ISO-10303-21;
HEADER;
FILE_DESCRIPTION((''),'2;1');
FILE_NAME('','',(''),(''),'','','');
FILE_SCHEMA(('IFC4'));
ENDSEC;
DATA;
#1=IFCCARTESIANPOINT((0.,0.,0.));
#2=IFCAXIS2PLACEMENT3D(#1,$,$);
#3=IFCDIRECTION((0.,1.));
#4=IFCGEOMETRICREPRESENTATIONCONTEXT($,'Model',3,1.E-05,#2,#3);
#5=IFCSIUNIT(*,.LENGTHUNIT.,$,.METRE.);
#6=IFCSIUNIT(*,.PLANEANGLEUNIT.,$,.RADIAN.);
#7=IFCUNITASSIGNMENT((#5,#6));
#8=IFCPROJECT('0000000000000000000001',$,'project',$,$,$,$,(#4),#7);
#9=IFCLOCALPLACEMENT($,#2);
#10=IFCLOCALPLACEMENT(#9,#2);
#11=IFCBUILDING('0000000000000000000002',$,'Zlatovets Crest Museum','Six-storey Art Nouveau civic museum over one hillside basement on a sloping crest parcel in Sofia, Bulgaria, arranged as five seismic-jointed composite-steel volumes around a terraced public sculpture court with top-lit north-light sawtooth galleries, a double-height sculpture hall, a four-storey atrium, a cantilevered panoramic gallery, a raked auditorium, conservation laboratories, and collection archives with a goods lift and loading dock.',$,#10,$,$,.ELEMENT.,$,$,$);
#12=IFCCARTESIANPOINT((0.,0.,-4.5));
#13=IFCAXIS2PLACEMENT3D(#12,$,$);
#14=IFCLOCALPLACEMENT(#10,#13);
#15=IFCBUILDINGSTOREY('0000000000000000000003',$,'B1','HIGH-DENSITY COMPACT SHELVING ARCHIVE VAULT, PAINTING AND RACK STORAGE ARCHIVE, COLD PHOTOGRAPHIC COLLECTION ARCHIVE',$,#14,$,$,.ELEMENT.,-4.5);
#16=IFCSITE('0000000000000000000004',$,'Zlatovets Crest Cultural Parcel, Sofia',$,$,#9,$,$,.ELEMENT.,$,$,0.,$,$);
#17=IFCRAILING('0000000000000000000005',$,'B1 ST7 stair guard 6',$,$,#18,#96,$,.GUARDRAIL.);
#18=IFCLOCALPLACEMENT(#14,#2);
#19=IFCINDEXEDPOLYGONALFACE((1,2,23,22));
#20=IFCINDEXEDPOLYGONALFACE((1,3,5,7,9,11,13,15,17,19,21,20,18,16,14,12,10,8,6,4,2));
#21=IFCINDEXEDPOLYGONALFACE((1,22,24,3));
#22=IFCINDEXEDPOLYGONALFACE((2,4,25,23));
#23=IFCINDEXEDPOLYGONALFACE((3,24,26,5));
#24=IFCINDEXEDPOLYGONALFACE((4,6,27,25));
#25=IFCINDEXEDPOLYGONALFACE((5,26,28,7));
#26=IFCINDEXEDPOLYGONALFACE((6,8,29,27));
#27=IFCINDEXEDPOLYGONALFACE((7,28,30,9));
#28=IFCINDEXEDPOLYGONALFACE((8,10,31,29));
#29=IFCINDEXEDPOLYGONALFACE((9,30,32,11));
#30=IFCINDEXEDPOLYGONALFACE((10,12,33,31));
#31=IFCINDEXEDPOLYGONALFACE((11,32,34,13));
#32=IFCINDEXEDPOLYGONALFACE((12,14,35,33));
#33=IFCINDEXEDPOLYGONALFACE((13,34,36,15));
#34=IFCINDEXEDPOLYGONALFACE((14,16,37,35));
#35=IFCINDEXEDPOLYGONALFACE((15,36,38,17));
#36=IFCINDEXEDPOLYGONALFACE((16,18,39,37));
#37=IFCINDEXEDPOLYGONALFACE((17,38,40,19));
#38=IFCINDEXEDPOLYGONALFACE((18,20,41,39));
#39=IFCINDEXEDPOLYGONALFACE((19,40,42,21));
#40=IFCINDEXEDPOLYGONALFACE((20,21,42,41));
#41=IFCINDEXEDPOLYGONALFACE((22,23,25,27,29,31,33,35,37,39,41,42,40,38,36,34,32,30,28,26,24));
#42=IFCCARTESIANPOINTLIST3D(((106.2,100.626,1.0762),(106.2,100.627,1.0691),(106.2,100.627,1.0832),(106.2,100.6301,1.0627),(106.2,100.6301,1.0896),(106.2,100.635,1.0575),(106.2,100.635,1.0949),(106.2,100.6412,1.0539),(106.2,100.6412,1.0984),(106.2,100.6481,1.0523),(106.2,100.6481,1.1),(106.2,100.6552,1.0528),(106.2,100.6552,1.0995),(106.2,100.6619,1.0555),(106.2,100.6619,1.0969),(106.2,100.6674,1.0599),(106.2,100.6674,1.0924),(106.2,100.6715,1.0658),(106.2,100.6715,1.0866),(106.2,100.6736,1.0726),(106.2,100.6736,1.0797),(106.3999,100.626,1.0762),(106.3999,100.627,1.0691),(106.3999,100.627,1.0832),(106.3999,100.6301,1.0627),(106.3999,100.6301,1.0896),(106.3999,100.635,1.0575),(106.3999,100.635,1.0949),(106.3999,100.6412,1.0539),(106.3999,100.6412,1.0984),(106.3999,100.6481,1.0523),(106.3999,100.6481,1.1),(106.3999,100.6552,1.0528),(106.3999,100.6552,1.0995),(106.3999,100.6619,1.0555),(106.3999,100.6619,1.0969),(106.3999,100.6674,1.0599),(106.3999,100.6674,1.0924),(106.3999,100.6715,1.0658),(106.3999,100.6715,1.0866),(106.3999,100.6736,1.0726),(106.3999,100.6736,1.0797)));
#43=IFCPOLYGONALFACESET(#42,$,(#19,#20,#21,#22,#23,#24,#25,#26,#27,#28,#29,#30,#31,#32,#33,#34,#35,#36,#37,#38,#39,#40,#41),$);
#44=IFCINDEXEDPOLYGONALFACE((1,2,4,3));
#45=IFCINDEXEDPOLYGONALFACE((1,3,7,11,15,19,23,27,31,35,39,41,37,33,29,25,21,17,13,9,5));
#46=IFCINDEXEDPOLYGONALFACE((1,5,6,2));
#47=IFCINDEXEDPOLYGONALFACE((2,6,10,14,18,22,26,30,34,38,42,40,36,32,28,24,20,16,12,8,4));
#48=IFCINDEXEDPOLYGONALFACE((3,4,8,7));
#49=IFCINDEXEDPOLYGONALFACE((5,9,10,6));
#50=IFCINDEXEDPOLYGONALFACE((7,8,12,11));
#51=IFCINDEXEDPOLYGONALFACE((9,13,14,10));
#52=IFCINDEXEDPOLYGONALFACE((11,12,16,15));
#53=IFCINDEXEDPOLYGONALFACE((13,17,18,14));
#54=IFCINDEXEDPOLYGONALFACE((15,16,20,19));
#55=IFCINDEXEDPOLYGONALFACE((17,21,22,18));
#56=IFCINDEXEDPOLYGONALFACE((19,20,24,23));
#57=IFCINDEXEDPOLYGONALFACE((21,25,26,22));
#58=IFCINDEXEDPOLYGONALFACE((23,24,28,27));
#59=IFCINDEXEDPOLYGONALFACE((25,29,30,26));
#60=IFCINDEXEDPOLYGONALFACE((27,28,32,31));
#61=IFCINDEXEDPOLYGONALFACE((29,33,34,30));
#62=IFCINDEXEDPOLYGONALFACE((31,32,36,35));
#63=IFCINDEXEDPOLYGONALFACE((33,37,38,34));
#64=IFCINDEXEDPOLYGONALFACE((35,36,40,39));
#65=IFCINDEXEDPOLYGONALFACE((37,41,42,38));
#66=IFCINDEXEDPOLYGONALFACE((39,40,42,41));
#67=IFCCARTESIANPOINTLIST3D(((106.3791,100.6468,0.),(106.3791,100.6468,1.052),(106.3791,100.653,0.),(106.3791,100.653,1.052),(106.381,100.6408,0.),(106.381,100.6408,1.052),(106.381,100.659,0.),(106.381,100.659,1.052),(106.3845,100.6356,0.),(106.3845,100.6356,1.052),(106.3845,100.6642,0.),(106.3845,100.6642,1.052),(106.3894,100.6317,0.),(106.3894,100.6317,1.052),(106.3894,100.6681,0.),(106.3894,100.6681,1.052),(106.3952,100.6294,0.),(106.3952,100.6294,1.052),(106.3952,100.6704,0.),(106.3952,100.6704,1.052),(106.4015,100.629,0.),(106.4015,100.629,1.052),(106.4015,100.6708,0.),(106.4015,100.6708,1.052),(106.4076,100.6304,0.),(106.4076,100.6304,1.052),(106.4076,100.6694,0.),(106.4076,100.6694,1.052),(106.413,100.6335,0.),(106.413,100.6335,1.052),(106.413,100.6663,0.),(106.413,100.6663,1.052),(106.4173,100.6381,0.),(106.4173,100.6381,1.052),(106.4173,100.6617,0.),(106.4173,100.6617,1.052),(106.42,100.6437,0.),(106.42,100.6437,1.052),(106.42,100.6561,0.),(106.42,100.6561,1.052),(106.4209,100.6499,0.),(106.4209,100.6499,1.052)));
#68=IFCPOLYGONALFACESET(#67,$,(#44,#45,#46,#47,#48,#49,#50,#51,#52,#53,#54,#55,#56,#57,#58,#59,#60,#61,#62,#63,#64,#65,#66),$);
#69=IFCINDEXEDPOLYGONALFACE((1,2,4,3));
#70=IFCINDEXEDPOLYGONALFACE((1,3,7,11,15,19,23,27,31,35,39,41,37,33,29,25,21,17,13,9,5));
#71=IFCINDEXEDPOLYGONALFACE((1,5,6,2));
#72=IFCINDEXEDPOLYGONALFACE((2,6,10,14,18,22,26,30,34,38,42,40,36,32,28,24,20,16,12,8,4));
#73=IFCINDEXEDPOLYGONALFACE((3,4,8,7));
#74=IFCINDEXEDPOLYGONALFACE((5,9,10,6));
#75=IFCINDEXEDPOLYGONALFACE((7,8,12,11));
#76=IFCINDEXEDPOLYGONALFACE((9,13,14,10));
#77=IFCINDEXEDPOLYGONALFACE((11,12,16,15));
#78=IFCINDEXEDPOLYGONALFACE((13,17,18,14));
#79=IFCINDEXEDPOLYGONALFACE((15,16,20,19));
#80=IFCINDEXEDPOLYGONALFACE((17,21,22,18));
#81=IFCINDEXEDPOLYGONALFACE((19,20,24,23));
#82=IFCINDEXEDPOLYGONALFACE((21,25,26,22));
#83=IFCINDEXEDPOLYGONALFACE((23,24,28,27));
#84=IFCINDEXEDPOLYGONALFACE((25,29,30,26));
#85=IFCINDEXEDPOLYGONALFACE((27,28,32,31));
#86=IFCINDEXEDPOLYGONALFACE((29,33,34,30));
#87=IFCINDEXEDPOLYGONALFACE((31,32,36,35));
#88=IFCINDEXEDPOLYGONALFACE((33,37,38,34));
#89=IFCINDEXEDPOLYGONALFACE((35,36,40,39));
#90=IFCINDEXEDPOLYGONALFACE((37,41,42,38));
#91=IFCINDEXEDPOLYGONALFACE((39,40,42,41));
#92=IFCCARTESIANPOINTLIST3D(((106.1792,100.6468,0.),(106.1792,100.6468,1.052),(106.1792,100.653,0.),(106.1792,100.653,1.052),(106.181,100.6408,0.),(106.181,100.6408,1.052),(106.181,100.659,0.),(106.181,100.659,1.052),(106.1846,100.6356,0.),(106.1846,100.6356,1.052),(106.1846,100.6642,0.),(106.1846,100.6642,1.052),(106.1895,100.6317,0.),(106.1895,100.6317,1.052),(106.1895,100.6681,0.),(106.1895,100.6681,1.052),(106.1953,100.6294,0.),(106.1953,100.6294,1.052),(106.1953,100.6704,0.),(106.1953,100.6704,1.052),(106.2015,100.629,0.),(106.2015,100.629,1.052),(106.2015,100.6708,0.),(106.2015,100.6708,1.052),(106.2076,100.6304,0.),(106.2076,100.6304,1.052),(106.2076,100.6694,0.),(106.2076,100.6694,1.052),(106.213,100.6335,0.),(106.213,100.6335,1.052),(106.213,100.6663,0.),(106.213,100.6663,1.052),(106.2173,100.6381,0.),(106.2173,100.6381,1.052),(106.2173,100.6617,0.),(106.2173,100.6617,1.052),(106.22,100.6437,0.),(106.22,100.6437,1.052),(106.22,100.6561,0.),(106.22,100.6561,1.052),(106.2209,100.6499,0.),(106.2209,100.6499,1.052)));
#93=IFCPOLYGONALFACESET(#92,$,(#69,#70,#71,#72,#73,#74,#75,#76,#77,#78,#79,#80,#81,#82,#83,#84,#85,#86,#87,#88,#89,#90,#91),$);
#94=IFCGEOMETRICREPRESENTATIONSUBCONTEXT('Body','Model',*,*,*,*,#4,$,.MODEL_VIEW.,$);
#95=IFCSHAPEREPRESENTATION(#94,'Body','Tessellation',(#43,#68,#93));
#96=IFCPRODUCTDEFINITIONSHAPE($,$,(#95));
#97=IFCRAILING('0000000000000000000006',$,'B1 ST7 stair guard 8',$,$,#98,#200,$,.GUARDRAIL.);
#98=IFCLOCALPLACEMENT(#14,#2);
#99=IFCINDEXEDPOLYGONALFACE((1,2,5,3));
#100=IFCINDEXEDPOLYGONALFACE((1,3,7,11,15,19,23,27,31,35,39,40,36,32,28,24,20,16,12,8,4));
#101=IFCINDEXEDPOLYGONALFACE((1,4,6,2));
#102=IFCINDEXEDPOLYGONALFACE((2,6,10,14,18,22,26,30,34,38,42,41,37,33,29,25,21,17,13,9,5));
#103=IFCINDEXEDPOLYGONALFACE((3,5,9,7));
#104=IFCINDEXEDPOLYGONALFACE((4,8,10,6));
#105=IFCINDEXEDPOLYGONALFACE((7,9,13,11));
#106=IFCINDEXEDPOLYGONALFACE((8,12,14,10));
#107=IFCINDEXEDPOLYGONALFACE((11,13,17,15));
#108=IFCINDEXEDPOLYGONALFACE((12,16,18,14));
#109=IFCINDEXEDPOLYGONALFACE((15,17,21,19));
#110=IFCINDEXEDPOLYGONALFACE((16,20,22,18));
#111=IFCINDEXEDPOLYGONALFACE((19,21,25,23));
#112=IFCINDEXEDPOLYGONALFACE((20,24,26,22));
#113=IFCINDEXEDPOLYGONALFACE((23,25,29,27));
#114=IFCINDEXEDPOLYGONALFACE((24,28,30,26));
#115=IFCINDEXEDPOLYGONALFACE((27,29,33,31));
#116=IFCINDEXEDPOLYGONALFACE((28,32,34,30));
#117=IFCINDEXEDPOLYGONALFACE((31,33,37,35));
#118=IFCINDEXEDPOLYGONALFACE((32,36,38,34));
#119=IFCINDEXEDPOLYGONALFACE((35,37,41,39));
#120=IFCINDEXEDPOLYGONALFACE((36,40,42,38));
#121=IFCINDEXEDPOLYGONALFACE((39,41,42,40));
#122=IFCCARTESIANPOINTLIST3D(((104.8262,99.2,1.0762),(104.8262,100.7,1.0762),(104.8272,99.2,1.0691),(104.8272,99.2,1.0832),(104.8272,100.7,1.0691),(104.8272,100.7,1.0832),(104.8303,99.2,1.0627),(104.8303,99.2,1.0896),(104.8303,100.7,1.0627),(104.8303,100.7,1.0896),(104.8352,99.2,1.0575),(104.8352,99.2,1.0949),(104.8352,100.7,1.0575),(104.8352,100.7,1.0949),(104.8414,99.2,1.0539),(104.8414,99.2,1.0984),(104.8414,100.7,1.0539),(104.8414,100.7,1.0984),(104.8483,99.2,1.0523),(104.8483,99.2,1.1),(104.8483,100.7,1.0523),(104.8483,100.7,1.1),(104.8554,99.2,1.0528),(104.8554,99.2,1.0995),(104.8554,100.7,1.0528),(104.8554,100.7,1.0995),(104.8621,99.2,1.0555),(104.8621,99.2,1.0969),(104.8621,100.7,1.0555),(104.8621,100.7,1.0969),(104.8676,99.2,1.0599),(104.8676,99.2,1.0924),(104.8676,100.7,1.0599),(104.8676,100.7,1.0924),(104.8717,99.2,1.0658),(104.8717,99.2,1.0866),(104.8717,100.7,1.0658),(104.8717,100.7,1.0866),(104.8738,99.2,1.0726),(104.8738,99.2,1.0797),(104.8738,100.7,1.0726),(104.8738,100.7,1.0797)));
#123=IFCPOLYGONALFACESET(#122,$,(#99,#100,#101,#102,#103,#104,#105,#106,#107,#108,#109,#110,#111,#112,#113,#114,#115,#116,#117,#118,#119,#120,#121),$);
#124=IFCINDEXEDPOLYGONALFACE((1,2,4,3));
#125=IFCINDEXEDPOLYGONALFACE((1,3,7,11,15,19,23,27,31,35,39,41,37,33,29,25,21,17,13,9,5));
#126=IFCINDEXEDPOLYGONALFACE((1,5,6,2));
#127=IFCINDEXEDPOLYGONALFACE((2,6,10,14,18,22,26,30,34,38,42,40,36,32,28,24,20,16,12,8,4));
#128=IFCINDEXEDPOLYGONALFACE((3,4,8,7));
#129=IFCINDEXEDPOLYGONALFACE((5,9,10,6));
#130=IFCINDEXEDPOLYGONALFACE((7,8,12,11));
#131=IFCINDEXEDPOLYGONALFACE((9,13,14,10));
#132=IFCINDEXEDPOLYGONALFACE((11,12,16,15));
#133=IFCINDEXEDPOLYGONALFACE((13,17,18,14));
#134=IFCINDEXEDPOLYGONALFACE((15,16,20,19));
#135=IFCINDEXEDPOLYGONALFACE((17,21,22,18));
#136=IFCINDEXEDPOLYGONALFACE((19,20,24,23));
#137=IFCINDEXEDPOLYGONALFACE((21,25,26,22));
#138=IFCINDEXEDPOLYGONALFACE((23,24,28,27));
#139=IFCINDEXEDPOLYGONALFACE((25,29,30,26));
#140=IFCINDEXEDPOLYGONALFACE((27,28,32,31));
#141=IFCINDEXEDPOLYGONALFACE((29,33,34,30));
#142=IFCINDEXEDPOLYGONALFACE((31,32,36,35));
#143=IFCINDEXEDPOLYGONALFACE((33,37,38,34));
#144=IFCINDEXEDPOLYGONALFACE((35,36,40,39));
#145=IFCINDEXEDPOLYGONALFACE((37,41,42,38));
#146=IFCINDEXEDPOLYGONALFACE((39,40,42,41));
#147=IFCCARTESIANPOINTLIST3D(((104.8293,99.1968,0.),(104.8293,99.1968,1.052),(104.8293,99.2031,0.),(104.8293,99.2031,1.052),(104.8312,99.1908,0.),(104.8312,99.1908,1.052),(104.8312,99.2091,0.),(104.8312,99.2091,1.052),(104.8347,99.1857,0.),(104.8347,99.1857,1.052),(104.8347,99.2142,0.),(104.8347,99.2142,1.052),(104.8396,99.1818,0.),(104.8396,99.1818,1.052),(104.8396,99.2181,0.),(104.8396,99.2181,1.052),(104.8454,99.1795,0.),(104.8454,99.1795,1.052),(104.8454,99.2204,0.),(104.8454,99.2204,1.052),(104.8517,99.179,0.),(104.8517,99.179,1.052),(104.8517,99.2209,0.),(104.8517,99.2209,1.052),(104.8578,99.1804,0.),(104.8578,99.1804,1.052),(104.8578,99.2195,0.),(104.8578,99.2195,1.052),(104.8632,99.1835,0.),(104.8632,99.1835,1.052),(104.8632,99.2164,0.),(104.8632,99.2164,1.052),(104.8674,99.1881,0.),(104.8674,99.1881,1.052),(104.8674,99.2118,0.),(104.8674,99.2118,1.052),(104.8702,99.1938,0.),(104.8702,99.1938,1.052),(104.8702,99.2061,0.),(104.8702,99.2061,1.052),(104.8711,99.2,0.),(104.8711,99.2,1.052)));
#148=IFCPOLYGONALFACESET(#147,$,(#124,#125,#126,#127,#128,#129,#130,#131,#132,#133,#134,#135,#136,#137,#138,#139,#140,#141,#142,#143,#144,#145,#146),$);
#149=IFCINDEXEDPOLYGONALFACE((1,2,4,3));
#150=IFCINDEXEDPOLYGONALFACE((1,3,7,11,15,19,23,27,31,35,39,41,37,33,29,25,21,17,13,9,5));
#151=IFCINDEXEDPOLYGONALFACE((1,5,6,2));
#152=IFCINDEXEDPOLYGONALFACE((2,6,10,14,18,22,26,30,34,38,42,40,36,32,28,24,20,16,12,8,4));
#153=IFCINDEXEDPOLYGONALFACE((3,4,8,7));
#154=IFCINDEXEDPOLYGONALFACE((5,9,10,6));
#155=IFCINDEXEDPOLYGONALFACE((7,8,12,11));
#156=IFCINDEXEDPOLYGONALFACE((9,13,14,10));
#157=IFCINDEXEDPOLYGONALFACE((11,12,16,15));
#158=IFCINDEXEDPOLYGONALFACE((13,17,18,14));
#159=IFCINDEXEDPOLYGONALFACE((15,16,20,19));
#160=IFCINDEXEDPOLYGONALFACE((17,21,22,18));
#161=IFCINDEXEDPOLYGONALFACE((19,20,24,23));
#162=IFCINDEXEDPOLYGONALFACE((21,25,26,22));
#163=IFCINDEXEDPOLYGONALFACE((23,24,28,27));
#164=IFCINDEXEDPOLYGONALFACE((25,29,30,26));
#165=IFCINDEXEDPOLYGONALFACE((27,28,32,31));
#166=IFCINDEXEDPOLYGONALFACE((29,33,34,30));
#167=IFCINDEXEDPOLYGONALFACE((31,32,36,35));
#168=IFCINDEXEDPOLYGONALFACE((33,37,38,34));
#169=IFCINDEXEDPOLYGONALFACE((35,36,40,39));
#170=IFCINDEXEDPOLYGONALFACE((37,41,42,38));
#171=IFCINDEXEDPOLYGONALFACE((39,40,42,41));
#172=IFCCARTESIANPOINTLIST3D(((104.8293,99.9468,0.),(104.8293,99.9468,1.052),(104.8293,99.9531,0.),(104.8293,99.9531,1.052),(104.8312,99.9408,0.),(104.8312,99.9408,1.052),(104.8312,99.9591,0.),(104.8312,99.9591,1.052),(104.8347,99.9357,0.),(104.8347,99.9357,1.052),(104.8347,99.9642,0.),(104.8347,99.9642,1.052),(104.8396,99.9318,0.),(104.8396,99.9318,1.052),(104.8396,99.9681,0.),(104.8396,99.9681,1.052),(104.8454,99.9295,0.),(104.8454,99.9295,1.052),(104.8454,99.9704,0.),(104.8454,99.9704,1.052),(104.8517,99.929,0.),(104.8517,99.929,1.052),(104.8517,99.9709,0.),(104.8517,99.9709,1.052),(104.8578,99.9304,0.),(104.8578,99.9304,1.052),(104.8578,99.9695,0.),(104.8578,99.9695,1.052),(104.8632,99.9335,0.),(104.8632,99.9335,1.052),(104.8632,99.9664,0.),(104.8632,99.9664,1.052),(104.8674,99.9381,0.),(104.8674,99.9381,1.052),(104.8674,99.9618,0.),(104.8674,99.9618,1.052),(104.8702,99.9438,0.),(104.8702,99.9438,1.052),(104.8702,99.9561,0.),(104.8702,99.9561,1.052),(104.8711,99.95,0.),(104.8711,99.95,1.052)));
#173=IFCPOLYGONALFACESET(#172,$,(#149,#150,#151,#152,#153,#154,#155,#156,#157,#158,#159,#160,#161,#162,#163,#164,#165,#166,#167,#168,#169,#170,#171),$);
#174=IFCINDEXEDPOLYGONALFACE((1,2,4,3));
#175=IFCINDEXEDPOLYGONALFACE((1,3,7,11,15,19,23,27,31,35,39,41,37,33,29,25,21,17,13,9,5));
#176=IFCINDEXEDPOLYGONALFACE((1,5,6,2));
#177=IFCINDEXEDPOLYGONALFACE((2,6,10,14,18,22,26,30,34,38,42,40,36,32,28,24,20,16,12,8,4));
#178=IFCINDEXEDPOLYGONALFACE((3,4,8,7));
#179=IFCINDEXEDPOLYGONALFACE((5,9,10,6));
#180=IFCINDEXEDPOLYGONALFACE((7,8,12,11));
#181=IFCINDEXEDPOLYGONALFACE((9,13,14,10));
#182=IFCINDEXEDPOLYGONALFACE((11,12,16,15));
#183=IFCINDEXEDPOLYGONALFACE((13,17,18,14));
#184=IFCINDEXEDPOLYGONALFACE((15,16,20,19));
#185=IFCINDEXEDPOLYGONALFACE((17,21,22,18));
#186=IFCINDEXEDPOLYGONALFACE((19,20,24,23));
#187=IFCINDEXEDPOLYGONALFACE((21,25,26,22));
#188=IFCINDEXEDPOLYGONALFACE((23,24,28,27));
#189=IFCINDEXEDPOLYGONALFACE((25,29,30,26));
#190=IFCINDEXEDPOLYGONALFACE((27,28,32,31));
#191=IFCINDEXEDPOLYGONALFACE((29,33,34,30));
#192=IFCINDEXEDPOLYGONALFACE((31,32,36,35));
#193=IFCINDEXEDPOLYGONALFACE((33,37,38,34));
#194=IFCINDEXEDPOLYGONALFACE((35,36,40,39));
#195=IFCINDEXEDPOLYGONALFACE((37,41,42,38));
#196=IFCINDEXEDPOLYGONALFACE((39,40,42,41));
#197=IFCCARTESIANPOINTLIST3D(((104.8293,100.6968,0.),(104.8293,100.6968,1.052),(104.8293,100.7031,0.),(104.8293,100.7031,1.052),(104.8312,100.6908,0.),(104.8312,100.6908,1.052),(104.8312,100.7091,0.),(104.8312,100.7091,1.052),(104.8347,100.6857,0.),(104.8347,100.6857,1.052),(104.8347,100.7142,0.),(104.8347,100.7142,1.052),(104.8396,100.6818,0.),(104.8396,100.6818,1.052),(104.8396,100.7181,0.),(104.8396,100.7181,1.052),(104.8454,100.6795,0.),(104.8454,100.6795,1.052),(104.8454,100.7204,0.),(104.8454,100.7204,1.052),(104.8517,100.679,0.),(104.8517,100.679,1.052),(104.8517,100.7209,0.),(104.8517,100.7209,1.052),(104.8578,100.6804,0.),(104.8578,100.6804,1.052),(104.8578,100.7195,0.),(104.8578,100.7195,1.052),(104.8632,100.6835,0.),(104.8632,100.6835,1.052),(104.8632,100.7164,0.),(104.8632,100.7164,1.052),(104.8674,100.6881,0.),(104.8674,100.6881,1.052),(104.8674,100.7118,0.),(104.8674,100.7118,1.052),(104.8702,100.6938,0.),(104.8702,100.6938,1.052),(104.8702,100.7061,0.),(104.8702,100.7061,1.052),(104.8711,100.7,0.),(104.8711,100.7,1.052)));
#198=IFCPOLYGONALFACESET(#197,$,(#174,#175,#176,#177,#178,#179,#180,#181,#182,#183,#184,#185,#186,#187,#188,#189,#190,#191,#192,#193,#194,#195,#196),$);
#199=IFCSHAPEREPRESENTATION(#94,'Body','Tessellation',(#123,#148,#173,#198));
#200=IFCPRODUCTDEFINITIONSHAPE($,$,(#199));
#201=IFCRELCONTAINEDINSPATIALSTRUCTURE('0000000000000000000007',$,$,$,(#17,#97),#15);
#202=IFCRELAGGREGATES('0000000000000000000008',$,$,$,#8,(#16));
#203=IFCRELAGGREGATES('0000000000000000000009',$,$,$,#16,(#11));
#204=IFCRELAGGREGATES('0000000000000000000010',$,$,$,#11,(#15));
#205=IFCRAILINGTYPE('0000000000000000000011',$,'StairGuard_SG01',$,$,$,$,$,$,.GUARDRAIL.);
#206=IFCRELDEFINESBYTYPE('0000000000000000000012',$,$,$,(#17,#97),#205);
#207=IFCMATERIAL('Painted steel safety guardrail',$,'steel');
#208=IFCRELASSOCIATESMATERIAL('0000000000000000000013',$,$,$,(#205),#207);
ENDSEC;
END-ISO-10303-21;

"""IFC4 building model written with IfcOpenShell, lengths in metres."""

from ifc_helpers import new_model, si_unit, direction, frame, origin, origin_2d, place, context, subcontext, project, spatial, circle, extrude, material, type_object, element, save


model = new_model("IFC4")

# Units and contexts
model_context = context("Model", 3, precision=1e-05, world=origin(), true_north=direction((0.0, 1.0)))
body_context = subcontext(model_context, "Body", "Model", "MODEL_VIEW")
ifc_project = project(units=[si_unit("LENGTHUNIT", "METRE"), si_unit("PLANEANGLEUNIT", "RADIAN")], contexts=[model_context])

# Site, building, storey
site_placement = place(None, origin())
site = spatial("IfcSite", under=ifc_project, at=site_placement, Name="Zlatovets Crest Cultural Parcel, Sofia", CompositionType="ELEMENT", RefElevation=0.0)
building_placement = place(site_placement, origin())
building = spatial("IfcBuilding", under=site, at=building_placement, Name="Zlatovets Crest Museum", Description="Six-storey Art Nouveau civic museum over one hillside basement on a sloping crest parcel in Sofia, Bulgaria, arranged as five seismic-jointed composite-steel volumes around a terraced public sculpture court with top-lit north-light sawtooth galleries, a double-height sculpture hall, a four-storey atrium, a cantilevered panoramic gallery, a raked auditorium, conservation laboratories, and collection archives with a goods lift and loading dock.", CompositionType="ELEMENT")
storey_placement = place(building_placement, frame((0.0, 0.0, -4.5)))
storey = spatial("IfcBuildingStorey", under=building, at=storey_placement, Name="B1", Description="HIGH-DENSITY COMPACT SHELVING ARCHIVE VAULT, PAINTING AND RACK STORAGE ARCHIVE, COLD PHOTOGRAPHIC COLLECTION ARCHIVE", CompositionType="ELEMENT", Elevation=-4.5)

# Railings
ifc_material_1 = material(Name="Painted steel safety guardrail", Category="steel")
railing_type_1 = type_object("IfcRailingType", Name="StairGuard_SG01", PredefinedType="GUARDRAIL", material=ifc_material_1)
railing_1_placement = place(storey_placement, frame((106.3999, 100.6499, 0.0)))
element("IfcRailing", 1, at=railing_1_placement, inside=storey, type_object=railing_type_1, Name="B1 ST7 stair guard 6", PredefinedType="GUARDRAIL", context=body_context, shape_type="SweptSolid", body=[
    extrude(circle(Radius=0.0239, at=origin_2d()), frame((0.0, 0.0, 1.0762), z_axis=(-1.0, 0.0, 0.0), x_axis=(0.0, -1.0, 0.0)), (0.0, 0.0, 1.0), 0.2),
    extrude(circle(Radius=0.021, at=origin_2d()), origin(), (0.0, 0.0, 1.0), 1.052),
    extrude(circle(Radius=0.021, at=origin_2d()), frame((-0.2, 0.0, 0.0)), (0.0, 0.0, 1.0), 1.052),
])
railing_2_placement = place(storey_placement, frame((104.8501, 99.2, 0.0)))
element("IfcRailing", 2, at=railing_2_placement, inside=storey, type_object=railing_type_1, Name="B1 ST7 stair guard 8", PredefinedType="GUARDRAIL", context=body_context, shape_type="SweptSolid", body=[
    extrude(circle(Radius=0.0239, at=origin_2d()), frame((0.0, 0.0, 1.0762), z_axis=(0.0, 1.0, 0.0), x_axis=(-1.0, 0.0, 0.0)), (0.0, 0.0, 1.0), 1.5),
    extrude(circle(Radius=0.021, at=origin_2d()), origin(), (0.0, 0.0, 1.0), 1.052),
    extrude(circle(Radius=0.021, at=origin_2d()), frame((0.0, 0.75, 0.0)), (0.0, 0.0, 1.0), 1.052),
    extrude(circle(Radius=0.021, at=origin_2d()), frame((0.0, 1.5, 0.0)), (0.0, 0.0, 1.0), 1.052),
])

save(model, "model.ifc")
